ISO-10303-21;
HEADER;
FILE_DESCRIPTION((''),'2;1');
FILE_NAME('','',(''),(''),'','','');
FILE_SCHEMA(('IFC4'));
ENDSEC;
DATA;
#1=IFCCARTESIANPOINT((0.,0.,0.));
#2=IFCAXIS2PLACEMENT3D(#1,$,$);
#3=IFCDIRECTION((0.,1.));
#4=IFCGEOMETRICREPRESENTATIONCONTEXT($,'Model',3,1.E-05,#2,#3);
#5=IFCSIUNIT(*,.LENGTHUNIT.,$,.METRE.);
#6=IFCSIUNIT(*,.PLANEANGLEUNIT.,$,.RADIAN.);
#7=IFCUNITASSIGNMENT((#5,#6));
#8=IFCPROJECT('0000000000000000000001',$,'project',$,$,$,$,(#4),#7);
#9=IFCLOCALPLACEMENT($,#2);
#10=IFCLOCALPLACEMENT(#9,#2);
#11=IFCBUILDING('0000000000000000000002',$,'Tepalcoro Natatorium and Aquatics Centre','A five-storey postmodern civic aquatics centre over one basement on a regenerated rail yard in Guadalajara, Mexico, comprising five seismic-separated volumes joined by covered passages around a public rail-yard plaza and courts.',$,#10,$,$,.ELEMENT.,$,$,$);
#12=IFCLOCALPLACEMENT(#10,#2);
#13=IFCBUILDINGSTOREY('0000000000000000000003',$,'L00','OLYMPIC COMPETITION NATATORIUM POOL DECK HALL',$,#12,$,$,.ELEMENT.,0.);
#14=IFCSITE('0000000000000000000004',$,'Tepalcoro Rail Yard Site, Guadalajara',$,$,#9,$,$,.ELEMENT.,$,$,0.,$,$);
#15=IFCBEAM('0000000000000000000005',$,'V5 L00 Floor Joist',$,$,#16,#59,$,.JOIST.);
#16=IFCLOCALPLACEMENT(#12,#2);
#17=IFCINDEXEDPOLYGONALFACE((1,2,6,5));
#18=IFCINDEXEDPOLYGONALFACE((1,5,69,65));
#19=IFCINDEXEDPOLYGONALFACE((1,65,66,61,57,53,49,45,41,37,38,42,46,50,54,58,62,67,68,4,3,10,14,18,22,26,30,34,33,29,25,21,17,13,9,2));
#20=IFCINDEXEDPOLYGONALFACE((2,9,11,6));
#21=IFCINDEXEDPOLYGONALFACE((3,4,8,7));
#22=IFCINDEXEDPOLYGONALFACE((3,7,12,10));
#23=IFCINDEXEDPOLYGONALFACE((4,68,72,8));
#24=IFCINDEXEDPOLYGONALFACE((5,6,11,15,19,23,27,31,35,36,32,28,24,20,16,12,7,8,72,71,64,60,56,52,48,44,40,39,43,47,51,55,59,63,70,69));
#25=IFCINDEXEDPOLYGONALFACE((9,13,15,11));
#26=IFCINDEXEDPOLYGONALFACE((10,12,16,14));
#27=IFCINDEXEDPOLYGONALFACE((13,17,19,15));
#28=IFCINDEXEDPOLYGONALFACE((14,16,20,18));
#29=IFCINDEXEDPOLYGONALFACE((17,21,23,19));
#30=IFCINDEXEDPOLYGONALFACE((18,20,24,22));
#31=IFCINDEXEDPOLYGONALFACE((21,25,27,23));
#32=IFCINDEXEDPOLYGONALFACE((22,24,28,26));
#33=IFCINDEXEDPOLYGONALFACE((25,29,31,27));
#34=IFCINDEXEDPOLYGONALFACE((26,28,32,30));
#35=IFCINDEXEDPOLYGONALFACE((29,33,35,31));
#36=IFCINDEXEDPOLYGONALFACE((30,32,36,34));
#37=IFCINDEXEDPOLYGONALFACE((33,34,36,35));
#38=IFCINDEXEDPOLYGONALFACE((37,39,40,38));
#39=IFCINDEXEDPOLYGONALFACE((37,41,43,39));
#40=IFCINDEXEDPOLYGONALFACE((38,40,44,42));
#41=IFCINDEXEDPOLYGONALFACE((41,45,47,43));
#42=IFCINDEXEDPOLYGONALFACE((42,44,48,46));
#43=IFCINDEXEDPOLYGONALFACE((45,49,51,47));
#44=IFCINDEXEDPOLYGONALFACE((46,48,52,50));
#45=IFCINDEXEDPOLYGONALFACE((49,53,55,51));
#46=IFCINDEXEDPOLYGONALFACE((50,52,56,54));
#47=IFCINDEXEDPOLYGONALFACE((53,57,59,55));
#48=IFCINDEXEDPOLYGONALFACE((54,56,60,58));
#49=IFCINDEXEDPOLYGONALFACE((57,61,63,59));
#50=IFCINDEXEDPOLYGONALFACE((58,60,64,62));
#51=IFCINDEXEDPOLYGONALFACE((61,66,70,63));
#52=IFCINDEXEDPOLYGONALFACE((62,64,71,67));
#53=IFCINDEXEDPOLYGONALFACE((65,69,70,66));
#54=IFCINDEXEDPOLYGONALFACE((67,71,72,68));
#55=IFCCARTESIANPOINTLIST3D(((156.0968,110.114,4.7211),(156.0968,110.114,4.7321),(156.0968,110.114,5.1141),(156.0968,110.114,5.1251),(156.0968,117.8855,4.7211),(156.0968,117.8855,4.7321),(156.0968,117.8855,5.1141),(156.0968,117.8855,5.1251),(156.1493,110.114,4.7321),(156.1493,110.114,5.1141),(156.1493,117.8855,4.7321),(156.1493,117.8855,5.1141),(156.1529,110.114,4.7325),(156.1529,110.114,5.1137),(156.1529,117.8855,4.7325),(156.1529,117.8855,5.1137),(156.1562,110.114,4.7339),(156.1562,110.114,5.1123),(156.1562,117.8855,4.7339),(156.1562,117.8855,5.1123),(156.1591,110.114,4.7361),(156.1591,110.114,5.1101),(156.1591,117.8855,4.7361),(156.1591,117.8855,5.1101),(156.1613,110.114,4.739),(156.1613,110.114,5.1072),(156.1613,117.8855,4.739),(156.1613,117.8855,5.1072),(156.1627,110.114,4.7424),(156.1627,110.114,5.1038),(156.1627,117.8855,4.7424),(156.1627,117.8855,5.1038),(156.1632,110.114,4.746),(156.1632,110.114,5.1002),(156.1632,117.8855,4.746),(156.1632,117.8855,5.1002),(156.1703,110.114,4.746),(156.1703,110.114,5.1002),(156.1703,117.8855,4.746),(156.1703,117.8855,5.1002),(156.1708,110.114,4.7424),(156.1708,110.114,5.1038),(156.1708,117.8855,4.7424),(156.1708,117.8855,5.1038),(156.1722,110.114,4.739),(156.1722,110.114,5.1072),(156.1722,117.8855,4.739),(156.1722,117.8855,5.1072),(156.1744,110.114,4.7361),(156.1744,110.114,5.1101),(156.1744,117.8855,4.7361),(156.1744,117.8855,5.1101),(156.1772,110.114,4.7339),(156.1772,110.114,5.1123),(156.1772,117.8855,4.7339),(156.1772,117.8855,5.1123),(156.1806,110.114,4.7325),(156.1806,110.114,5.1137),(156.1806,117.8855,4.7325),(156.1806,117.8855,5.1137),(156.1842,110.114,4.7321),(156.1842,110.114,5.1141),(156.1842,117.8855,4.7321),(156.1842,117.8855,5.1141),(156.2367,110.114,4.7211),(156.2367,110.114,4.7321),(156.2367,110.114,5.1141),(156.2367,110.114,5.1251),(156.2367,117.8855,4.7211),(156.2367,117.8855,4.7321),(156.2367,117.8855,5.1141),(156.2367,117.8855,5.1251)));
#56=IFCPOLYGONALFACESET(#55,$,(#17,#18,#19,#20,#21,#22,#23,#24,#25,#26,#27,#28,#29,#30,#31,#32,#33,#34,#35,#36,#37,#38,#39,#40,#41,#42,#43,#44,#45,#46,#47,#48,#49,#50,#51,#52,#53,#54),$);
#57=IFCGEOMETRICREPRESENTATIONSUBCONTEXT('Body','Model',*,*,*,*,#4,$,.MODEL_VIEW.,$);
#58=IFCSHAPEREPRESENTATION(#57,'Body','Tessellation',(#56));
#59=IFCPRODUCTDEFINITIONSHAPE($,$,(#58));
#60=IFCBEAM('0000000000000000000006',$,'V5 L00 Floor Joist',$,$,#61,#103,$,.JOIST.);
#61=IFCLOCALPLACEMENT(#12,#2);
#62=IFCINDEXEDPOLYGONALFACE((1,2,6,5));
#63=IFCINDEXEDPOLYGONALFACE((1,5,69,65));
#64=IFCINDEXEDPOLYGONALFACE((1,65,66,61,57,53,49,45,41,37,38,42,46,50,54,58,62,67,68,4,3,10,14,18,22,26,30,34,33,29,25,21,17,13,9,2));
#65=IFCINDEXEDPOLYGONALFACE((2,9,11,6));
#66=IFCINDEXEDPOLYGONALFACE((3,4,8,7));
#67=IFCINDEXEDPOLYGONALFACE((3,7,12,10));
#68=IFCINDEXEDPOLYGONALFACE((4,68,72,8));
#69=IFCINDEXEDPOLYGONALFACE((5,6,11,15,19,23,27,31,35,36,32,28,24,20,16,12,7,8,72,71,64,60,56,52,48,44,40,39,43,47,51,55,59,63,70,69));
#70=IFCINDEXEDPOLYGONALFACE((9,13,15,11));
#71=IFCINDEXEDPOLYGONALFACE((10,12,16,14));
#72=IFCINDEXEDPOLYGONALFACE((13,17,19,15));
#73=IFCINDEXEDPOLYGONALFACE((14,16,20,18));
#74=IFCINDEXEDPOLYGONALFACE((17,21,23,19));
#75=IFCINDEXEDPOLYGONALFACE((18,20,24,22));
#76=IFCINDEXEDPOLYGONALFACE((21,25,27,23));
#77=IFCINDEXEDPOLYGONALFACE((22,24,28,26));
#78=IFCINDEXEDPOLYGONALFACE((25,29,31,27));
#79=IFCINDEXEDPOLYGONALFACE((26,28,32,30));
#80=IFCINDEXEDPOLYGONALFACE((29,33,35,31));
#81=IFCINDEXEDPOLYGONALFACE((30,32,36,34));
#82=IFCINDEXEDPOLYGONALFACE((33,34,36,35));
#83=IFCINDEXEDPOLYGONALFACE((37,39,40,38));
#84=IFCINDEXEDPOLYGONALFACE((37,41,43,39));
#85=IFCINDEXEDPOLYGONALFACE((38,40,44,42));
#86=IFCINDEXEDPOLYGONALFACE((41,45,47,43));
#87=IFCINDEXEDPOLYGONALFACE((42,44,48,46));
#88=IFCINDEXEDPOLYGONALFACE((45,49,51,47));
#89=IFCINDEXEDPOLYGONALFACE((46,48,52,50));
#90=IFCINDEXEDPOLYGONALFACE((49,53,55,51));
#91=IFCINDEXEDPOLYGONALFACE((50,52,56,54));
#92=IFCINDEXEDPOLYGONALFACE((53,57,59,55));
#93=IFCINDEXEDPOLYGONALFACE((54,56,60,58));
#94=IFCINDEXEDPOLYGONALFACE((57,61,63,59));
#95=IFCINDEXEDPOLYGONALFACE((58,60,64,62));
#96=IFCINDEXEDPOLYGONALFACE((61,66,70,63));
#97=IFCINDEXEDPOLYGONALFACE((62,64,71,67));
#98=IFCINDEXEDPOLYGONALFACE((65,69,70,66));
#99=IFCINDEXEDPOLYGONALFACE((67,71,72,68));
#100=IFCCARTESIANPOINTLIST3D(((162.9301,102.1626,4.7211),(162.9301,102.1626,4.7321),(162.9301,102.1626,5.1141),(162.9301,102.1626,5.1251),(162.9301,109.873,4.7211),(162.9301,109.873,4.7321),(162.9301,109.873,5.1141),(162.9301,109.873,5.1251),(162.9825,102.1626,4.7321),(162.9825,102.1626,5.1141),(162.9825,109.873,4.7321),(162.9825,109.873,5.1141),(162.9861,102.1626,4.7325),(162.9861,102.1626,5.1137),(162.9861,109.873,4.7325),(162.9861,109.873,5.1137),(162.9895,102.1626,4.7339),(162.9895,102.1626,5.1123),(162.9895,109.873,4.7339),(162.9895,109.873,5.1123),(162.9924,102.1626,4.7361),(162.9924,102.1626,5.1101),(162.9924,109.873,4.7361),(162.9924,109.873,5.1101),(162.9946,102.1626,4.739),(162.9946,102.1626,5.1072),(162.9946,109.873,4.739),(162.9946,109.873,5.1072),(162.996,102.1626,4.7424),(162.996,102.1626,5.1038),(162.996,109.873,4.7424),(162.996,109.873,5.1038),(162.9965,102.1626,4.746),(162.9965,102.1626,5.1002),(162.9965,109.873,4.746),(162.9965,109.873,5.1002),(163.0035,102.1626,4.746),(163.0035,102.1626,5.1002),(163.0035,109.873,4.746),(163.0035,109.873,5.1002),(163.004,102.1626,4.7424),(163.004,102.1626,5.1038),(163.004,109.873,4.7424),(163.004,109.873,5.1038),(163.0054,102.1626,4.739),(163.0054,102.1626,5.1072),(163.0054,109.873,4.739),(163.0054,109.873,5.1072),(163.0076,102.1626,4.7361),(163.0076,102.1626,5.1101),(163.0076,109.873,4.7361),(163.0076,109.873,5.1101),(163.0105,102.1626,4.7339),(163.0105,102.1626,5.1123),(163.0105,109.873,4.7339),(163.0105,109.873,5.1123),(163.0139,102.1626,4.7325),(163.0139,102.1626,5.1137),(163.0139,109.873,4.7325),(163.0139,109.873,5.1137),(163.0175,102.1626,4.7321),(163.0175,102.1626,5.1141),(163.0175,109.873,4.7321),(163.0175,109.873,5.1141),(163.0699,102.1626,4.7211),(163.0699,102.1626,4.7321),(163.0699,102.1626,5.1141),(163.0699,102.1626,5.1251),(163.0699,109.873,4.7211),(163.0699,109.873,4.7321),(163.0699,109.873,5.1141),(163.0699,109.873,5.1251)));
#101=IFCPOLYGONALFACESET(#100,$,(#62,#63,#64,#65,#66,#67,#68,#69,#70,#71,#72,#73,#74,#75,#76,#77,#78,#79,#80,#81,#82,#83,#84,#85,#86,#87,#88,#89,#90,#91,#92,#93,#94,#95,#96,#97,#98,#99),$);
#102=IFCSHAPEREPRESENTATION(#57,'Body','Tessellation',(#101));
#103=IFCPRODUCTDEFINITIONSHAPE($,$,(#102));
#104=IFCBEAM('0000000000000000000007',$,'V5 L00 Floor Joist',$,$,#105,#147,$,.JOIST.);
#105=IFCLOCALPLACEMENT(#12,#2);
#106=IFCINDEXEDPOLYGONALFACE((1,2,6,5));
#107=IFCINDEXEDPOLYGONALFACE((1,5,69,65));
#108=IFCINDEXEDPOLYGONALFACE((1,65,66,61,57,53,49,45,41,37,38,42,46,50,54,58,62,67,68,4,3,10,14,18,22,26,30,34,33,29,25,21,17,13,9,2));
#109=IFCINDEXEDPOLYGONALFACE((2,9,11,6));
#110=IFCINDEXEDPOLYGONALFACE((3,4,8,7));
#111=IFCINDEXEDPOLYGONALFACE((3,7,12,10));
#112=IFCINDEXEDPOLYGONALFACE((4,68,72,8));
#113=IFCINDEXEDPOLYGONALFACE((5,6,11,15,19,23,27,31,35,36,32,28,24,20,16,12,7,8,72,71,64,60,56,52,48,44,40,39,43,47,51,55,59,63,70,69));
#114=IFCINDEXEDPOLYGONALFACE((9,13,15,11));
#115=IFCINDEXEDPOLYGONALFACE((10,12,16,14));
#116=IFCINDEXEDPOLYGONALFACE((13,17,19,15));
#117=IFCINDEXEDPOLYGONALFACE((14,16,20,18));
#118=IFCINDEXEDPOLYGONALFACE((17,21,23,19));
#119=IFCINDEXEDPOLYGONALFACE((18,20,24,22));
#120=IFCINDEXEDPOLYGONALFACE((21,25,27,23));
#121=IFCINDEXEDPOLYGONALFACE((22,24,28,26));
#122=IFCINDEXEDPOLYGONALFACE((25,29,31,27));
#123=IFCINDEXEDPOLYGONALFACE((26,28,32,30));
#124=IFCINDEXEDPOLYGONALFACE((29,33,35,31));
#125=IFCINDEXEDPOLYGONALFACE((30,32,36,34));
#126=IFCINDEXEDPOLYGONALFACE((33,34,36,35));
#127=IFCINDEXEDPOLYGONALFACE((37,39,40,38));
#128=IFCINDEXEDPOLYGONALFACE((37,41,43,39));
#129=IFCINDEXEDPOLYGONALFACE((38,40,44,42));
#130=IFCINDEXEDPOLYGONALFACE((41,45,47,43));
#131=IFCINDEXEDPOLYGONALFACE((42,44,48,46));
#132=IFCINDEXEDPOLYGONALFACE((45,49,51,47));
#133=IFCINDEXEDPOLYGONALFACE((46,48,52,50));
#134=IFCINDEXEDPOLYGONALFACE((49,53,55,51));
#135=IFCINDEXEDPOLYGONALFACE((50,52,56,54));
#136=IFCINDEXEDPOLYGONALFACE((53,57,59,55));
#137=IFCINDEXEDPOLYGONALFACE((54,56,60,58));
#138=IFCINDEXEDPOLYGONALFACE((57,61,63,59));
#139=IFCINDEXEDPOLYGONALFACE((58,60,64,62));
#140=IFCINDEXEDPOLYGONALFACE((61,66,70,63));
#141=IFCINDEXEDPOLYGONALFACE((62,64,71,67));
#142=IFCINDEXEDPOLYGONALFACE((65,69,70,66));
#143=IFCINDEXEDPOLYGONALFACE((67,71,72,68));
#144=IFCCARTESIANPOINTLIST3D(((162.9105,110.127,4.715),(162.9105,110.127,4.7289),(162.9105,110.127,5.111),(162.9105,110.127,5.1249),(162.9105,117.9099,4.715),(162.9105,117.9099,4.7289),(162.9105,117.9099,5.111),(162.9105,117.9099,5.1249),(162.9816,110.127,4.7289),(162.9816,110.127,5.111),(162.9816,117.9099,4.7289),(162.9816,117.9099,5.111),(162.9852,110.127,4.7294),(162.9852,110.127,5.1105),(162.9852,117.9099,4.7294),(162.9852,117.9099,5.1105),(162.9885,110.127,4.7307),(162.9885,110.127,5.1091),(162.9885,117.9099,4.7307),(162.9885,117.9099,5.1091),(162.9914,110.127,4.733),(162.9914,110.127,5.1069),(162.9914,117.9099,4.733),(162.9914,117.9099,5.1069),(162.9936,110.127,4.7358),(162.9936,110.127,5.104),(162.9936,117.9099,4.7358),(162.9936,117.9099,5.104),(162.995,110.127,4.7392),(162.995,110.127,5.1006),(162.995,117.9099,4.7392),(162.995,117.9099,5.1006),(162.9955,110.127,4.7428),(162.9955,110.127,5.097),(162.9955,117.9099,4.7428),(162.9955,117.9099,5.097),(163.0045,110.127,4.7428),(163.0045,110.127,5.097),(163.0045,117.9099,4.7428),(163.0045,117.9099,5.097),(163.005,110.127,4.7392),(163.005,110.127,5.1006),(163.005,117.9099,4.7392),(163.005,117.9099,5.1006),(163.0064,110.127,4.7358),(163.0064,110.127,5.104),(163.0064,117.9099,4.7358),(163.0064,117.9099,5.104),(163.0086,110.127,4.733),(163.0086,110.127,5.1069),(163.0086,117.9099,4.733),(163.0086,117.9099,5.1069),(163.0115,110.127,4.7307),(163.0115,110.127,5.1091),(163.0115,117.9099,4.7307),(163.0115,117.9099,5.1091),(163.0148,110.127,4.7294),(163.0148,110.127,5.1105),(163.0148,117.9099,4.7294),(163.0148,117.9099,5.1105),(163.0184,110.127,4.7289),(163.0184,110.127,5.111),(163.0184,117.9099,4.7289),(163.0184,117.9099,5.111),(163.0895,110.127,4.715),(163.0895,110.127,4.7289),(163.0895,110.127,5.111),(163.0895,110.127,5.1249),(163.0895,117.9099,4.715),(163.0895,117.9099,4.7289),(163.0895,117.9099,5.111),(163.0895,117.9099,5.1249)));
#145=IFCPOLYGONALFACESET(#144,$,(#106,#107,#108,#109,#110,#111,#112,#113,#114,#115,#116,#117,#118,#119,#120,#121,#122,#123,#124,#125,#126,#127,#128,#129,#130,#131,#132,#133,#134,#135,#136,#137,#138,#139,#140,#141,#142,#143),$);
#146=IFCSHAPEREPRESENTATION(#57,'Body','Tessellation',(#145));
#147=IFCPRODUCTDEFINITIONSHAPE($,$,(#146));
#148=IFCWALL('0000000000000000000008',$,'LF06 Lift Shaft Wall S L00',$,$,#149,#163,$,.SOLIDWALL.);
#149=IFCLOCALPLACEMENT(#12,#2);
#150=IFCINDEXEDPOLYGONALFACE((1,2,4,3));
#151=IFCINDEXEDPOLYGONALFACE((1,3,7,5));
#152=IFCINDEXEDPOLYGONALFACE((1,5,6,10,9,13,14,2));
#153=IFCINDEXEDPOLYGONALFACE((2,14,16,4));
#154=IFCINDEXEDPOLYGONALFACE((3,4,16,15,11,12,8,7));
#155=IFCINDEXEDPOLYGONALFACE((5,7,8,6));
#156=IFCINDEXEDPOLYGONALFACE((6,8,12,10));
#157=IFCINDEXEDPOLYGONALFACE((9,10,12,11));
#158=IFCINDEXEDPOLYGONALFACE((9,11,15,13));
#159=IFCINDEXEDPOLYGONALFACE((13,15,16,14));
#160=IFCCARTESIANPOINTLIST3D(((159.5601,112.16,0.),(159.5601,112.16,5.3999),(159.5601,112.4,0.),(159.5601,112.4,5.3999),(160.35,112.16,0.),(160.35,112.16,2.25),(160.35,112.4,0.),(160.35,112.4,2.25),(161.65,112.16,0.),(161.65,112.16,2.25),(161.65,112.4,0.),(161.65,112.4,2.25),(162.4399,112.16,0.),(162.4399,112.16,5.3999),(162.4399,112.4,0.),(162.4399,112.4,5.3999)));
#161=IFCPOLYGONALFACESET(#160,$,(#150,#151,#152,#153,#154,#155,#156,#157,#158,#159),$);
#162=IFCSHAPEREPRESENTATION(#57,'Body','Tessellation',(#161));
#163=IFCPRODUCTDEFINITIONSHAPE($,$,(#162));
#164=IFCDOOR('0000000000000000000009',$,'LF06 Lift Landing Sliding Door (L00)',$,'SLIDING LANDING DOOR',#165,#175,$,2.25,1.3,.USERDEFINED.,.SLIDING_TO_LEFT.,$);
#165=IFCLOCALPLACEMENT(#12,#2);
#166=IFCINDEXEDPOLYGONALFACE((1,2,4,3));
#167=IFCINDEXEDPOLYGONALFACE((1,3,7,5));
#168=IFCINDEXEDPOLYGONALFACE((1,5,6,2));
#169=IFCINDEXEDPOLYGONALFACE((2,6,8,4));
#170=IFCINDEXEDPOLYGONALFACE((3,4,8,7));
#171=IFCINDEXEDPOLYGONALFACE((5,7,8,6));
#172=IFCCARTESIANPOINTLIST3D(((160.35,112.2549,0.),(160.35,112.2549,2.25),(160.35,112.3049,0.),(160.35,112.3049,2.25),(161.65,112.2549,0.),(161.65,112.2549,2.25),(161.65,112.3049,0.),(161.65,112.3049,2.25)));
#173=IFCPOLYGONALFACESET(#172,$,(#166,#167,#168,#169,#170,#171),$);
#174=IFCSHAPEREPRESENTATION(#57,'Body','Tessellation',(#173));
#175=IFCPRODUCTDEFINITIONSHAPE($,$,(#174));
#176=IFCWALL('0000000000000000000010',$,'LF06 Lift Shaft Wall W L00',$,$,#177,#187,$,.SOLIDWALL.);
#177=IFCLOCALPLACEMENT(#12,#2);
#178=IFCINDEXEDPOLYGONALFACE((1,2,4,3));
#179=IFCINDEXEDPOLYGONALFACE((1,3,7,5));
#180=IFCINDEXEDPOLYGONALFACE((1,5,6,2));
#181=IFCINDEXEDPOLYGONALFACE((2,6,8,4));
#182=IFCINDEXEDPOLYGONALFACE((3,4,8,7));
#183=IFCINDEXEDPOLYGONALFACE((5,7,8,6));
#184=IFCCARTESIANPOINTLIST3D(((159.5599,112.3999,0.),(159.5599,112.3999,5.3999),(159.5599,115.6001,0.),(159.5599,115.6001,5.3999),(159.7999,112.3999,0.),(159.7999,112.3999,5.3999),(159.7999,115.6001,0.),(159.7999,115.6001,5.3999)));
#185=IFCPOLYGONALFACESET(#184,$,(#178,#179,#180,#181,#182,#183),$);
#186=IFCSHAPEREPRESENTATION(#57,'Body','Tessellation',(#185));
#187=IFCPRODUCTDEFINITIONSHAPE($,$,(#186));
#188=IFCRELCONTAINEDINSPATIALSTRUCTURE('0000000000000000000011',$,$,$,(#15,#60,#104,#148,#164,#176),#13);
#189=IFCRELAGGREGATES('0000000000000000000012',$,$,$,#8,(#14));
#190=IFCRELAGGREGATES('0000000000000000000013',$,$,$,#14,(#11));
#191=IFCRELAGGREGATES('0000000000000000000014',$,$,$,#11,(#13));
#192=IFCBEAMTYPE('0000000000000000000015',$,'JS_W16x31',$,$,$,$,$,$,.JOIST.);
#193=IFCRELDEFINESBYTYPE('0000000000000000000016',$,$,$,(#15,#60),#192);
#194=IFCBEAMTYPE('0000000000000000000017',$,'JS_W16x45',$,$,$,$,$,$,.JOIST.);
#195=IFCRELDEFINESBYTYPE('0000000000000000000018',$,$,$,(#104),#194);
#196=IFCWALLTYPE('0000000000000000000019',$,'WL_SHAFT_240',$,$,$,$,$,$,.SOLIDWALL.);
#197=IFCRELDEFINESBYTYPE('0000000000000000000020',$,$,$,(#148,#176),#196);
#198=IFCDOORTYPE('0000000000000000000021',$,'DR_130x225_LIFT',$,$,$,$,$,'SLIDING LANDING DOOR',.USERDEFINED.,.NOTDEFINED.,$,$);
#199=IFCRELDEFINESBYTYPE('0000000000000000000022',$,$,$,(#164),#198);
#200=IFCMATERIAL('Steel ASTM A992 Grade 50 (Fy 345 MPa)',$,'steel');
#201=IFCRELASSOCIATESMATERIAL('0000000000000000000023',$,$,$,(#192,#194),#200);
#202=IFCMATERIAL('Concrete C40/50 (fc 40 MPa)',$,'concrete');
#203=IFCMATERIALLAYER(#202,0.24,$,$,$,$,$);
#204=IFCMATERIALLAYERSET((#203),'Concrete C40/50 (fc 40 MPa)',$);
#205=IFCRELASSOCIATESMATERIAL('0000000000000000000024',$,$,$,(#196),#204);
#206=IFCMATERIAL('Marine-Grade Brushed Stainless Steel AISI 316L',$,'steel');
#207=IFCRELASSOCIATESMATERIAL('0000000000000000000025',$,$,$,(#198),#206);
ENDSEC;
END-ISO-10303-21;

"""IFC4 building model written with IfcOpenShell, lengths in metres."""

from ifc_helpers import new_model, si_unit, direction, frame, frame_2d, origin, origin_2d, place, context, subcontext, project, spatial, rectangle, i_section, extrude, material, layer, layer_set, material_profile, profile_set, type_object, element, fill, save


model = new_model("IFC4")

# Units and contexts
model_context = context("Model", 3, precision=1e-05, world=origin(), true_north=direction((0.0, 1.0)))
body_context = subcontext(model_context, "Body", "Model", "MODEL_VIEW")
ifc_project = project(units=[si_unit("LENGTHUNIT", "METRE"), si_unit("PLANEANGLEUNIT", "RADIAN")], contexts=[model_context])

# Site, building, storey
site_placement = place(None, origin())
site = spatial("IfcSite", under=ifc_project, at=site_placement, Name="Tepalcoro Rail Yard Site, Guadalajara", CompositionType="ELEMENT", RefElevation=0.0)
building_placement = place(site_placement, origin())
building = spatial("IfcBuilding", under=site, at=building_placement, Name="Tepalcoro Natatorium and Aquatics Centre", Description="A five-storey postmodern civic aquatics centre over one basement on a regenerated rail yard in Guadalajara, Mexico, comprising five seismic-separated volumes joined by covered passages around a public rail-yard plaza and courts.", CompositionType="ELEMENT")
storey_placement = place(building_placement, origin())
storey = spatial("IfcBuildingStorey", under=building, at=storey_placement, Name="L00", Description="OLYMPIC COMPETITION NATATORIUM POOL DECK HALL", CompositionType="ELEMENT", Elevation=0.0)

# Shared definitions
ifc_material_1 = material(Name="Concrete C40/50 (fc 40 MPa)", Category="concrete")

# Beams
ifc_material_2 = material(Name="Steel ASTM A992 Grade 50 (Fy 345 MPa)", Category="steel")
ifc_material_profile_1 = material_profile(ifc_material_2, i_section(OverallWidth=0.1399, OverallDepth=0.4041, WebThickness=0.0071, FlangeThickness=0.011, FilletRadius=0.0139, at=origin_2d()), Name="W16X31")
ifc_profile_set_1 = profile_set([ifc_material_profile_1], Name="Steel ASTM A992 Grade 50 (Fy 345 MPa)")
beam_type_1 = type_object("IfcBeamType", Name="JS_W16x31", PredefinedType="JOIST", material=ifc_profile_set_1)
beam_1_placement = place(storey_placement, frame((156.1667, 110.114, 4.9231), z_axis=(0.0, 1.0, 0.0), x_axis=(-1.0, 0.0, 0.0)))
element("IfcBeam", 1, at=beam_1_placement, inside=storey, type_object=beam_type_1, Name="V5 L00 Floor Joist", PredefinedType="JOIST", context=body_context, shape_type="SweptSolid", body=[
    extrude(i_section(OverallWidth=0.1399, OverallDepth=0.4041, WebThickness=0.0071, FlangeThickness=0.011, FilletRadius=0.0139, at=origin_2d()), origin(), (0.0, 0.0, 1.0), 7.7715),
])
beam_2_placement = place(storey_placement, frame((163.0, 102.1626, 4.9231), z_axis=(0.0, 1.0, 0.0), x_axis=(-1.0, 0.0, 0.0)))
element("IfcBeam", 2, at=beam_2_placement, inside=storey, type_object=beam_type_1, Name="V5 L00 Floor Joist", PredefinedType="JOIST", context=body_context, shape_type="SweptSolid", body=[
    extrude(i_section(OverallWidth=0.1399, OverallDepth=0.4041, WebThickness=0.0071, FlangeThickness=0.011, FilletRadius=0.0139, at=origin_2d()), origin(), (0.0, 0.0, 1.0), 7.7104),
])
ifc_material_profile_2 = material_profile(ifc_material_2, i_section(OverallWidth=0.179, OverallDepth=0.4099, WebThickness=0.009, FlangeThickness=0.0139, FilletRadius=0.0139, at=origin_2d()), Name="W16X45")
ifc_profile_set_2 = profile_set([ifc_material_profile_2], Name="Steel ASTM A992 Grade 50 (Fy 345 MPa)")
beam_type_2 = type_object("IfcBeamType", Name="JS_W16x45", PredefinedType="JOIST", material=ifc_profile_set_2)
beam_3_placement = place(storey_placement, frame((163.0, 110.127, 4.9199), z_axis=(0.0, 1.0, 0.0), x_axis=(-1.0, 0.0, 0.0)))
element("IfcBeam", 3, at=beam_3_placement, inside=storey, type_object=beam_type_2, Name="V5 L00 Floor Joist", PredefinedType="JOIST", context=body_context, shape_type="SweptSolid", body=[
    extrude(i_section(OverallWidth=0.179, OverallDepth=0.4099, WebThickness=0.009, FlangeThickness=0.0139, FilletRadius=0.0139, at=origin_2d()), origin(), (0.0, 0.0, 1.0), 7.783),
])

# Wall, opening, door
ifc_layer_1 = layer(ifc_material_1, 0.24)
ifc_layer_set_1 = layer_set([ifc_layer_1], Name="Concrete C40/50 (fc 40 MPa)")
wall_type_1 = type_object("IfcWallType", Name="WL_SHAFT_240", PredefinedType="SOLIDWALL", material=ifc_layer_set_1)
wall_1_placement = place(storey_placement, frame((159.5601, 112.28, 0.0), z_axis=(0.0, 0.0, 1.0), x_axis=(1.0, 0.0, 0.0)))
wall_1 = element("IfcWall", 4, at=wall_1_placement, inside=storey, type_object=wall_type_1, Name="LF06 Lift Shaft Wall S L00", PredefinedType="SOLIDWALL", context=body_context, shape_type="SweptSolid", body=[
    extrude(rectangle(XDim=2.8799, YDim=0.24, at=frame_2d((1.4399, 0.0))), origin(), (0.0, 0.0, 1.0), 5.3999),
])
opening_1_placement = place(wall_1_placement, frame((0.79, 0.0, 0.0)))
opening_1 = element("IfcOpeningElement", 5, at=opening_1_placement, cuts=wall_1, PredefinedType="OPENING", context=body_context, shape_type="SweptSolid", body=[
    extrude(rectangle(XDim=1.3, YDim=2.25, at=frame_2d((0.6499, 1.125))), frame((0.0, 0.1318, 0.0), z_axis=(0.0, -1.0, 0.0), x_axis=(1.0, 0.0, 0.0)), (0.0, 0.0, 1.0), 0.2639),
])
ifc_material_3 = material(Name="Marine-Grade Brushed Stainless Steel AISI 316L", Category="steel")
door_type_1 = type_object("IfcDoorType", Name="DR_130x225_LIFT", ElementType="SLIDING LANDING DOOR", OperationType="NOTDEFINED", PredefinedType="USERDEFINED", material=ifc_material_3)
door_1_placement = place(opening_1_placement, origin())
door_1 = element("IfcDoor", 6, at=door_1_placement, inside=storey, type_object=door_type_1, Name="LF06 Lift Landing Sliding Door (L00)", ObjectType="SLIDING LANDING DOOR", OperationType="SLIDING_TO_LEFT", OverallHeight=2.25, OverallWidth=1.3, PredefinedType="USERDEFINED", context=body_context, shape_type="SweptSolid", body=[
    extrude(rectangle(XDim=1.3, YDim=2.25, at=frame_2d((0.6499, 1.125))), frame((0.0, 0.0249, 0.0), z_axis=(0.0, -1.0, 0.0), x_axis=(1.0, 0.0, 0.0)), (0.0, 0.0, 1.0), 0.05),
])
fill(opening_1, door_1)

# Wall
for number, where, z_axis, x_axis, name in (
    (7, (159.6799, 112.3999, 0.0), (0.0, 0.0, 1.0), (0.0, 1.0, 0.0), "LF06 Lift Shaft Wall W L00"),
):
    element("IfcWall", number, at=place(storey_placement, frame(where, z_axis=z_axis, x_axis=x_axis)), inside=storey, type_object=wall_type_1, Name=name, PredefinedType="SOLIDWALL", context=body_context, shape_type="SweptSolid", body=[
        extrude(rectangle(XDim=3.2002, YDim=0.24, at=frame_2d((1.6001, 0.0))), origin(), (0.0, 0.0, 1.0), 5.3999),
    ])

save(model, "model.ifc")
